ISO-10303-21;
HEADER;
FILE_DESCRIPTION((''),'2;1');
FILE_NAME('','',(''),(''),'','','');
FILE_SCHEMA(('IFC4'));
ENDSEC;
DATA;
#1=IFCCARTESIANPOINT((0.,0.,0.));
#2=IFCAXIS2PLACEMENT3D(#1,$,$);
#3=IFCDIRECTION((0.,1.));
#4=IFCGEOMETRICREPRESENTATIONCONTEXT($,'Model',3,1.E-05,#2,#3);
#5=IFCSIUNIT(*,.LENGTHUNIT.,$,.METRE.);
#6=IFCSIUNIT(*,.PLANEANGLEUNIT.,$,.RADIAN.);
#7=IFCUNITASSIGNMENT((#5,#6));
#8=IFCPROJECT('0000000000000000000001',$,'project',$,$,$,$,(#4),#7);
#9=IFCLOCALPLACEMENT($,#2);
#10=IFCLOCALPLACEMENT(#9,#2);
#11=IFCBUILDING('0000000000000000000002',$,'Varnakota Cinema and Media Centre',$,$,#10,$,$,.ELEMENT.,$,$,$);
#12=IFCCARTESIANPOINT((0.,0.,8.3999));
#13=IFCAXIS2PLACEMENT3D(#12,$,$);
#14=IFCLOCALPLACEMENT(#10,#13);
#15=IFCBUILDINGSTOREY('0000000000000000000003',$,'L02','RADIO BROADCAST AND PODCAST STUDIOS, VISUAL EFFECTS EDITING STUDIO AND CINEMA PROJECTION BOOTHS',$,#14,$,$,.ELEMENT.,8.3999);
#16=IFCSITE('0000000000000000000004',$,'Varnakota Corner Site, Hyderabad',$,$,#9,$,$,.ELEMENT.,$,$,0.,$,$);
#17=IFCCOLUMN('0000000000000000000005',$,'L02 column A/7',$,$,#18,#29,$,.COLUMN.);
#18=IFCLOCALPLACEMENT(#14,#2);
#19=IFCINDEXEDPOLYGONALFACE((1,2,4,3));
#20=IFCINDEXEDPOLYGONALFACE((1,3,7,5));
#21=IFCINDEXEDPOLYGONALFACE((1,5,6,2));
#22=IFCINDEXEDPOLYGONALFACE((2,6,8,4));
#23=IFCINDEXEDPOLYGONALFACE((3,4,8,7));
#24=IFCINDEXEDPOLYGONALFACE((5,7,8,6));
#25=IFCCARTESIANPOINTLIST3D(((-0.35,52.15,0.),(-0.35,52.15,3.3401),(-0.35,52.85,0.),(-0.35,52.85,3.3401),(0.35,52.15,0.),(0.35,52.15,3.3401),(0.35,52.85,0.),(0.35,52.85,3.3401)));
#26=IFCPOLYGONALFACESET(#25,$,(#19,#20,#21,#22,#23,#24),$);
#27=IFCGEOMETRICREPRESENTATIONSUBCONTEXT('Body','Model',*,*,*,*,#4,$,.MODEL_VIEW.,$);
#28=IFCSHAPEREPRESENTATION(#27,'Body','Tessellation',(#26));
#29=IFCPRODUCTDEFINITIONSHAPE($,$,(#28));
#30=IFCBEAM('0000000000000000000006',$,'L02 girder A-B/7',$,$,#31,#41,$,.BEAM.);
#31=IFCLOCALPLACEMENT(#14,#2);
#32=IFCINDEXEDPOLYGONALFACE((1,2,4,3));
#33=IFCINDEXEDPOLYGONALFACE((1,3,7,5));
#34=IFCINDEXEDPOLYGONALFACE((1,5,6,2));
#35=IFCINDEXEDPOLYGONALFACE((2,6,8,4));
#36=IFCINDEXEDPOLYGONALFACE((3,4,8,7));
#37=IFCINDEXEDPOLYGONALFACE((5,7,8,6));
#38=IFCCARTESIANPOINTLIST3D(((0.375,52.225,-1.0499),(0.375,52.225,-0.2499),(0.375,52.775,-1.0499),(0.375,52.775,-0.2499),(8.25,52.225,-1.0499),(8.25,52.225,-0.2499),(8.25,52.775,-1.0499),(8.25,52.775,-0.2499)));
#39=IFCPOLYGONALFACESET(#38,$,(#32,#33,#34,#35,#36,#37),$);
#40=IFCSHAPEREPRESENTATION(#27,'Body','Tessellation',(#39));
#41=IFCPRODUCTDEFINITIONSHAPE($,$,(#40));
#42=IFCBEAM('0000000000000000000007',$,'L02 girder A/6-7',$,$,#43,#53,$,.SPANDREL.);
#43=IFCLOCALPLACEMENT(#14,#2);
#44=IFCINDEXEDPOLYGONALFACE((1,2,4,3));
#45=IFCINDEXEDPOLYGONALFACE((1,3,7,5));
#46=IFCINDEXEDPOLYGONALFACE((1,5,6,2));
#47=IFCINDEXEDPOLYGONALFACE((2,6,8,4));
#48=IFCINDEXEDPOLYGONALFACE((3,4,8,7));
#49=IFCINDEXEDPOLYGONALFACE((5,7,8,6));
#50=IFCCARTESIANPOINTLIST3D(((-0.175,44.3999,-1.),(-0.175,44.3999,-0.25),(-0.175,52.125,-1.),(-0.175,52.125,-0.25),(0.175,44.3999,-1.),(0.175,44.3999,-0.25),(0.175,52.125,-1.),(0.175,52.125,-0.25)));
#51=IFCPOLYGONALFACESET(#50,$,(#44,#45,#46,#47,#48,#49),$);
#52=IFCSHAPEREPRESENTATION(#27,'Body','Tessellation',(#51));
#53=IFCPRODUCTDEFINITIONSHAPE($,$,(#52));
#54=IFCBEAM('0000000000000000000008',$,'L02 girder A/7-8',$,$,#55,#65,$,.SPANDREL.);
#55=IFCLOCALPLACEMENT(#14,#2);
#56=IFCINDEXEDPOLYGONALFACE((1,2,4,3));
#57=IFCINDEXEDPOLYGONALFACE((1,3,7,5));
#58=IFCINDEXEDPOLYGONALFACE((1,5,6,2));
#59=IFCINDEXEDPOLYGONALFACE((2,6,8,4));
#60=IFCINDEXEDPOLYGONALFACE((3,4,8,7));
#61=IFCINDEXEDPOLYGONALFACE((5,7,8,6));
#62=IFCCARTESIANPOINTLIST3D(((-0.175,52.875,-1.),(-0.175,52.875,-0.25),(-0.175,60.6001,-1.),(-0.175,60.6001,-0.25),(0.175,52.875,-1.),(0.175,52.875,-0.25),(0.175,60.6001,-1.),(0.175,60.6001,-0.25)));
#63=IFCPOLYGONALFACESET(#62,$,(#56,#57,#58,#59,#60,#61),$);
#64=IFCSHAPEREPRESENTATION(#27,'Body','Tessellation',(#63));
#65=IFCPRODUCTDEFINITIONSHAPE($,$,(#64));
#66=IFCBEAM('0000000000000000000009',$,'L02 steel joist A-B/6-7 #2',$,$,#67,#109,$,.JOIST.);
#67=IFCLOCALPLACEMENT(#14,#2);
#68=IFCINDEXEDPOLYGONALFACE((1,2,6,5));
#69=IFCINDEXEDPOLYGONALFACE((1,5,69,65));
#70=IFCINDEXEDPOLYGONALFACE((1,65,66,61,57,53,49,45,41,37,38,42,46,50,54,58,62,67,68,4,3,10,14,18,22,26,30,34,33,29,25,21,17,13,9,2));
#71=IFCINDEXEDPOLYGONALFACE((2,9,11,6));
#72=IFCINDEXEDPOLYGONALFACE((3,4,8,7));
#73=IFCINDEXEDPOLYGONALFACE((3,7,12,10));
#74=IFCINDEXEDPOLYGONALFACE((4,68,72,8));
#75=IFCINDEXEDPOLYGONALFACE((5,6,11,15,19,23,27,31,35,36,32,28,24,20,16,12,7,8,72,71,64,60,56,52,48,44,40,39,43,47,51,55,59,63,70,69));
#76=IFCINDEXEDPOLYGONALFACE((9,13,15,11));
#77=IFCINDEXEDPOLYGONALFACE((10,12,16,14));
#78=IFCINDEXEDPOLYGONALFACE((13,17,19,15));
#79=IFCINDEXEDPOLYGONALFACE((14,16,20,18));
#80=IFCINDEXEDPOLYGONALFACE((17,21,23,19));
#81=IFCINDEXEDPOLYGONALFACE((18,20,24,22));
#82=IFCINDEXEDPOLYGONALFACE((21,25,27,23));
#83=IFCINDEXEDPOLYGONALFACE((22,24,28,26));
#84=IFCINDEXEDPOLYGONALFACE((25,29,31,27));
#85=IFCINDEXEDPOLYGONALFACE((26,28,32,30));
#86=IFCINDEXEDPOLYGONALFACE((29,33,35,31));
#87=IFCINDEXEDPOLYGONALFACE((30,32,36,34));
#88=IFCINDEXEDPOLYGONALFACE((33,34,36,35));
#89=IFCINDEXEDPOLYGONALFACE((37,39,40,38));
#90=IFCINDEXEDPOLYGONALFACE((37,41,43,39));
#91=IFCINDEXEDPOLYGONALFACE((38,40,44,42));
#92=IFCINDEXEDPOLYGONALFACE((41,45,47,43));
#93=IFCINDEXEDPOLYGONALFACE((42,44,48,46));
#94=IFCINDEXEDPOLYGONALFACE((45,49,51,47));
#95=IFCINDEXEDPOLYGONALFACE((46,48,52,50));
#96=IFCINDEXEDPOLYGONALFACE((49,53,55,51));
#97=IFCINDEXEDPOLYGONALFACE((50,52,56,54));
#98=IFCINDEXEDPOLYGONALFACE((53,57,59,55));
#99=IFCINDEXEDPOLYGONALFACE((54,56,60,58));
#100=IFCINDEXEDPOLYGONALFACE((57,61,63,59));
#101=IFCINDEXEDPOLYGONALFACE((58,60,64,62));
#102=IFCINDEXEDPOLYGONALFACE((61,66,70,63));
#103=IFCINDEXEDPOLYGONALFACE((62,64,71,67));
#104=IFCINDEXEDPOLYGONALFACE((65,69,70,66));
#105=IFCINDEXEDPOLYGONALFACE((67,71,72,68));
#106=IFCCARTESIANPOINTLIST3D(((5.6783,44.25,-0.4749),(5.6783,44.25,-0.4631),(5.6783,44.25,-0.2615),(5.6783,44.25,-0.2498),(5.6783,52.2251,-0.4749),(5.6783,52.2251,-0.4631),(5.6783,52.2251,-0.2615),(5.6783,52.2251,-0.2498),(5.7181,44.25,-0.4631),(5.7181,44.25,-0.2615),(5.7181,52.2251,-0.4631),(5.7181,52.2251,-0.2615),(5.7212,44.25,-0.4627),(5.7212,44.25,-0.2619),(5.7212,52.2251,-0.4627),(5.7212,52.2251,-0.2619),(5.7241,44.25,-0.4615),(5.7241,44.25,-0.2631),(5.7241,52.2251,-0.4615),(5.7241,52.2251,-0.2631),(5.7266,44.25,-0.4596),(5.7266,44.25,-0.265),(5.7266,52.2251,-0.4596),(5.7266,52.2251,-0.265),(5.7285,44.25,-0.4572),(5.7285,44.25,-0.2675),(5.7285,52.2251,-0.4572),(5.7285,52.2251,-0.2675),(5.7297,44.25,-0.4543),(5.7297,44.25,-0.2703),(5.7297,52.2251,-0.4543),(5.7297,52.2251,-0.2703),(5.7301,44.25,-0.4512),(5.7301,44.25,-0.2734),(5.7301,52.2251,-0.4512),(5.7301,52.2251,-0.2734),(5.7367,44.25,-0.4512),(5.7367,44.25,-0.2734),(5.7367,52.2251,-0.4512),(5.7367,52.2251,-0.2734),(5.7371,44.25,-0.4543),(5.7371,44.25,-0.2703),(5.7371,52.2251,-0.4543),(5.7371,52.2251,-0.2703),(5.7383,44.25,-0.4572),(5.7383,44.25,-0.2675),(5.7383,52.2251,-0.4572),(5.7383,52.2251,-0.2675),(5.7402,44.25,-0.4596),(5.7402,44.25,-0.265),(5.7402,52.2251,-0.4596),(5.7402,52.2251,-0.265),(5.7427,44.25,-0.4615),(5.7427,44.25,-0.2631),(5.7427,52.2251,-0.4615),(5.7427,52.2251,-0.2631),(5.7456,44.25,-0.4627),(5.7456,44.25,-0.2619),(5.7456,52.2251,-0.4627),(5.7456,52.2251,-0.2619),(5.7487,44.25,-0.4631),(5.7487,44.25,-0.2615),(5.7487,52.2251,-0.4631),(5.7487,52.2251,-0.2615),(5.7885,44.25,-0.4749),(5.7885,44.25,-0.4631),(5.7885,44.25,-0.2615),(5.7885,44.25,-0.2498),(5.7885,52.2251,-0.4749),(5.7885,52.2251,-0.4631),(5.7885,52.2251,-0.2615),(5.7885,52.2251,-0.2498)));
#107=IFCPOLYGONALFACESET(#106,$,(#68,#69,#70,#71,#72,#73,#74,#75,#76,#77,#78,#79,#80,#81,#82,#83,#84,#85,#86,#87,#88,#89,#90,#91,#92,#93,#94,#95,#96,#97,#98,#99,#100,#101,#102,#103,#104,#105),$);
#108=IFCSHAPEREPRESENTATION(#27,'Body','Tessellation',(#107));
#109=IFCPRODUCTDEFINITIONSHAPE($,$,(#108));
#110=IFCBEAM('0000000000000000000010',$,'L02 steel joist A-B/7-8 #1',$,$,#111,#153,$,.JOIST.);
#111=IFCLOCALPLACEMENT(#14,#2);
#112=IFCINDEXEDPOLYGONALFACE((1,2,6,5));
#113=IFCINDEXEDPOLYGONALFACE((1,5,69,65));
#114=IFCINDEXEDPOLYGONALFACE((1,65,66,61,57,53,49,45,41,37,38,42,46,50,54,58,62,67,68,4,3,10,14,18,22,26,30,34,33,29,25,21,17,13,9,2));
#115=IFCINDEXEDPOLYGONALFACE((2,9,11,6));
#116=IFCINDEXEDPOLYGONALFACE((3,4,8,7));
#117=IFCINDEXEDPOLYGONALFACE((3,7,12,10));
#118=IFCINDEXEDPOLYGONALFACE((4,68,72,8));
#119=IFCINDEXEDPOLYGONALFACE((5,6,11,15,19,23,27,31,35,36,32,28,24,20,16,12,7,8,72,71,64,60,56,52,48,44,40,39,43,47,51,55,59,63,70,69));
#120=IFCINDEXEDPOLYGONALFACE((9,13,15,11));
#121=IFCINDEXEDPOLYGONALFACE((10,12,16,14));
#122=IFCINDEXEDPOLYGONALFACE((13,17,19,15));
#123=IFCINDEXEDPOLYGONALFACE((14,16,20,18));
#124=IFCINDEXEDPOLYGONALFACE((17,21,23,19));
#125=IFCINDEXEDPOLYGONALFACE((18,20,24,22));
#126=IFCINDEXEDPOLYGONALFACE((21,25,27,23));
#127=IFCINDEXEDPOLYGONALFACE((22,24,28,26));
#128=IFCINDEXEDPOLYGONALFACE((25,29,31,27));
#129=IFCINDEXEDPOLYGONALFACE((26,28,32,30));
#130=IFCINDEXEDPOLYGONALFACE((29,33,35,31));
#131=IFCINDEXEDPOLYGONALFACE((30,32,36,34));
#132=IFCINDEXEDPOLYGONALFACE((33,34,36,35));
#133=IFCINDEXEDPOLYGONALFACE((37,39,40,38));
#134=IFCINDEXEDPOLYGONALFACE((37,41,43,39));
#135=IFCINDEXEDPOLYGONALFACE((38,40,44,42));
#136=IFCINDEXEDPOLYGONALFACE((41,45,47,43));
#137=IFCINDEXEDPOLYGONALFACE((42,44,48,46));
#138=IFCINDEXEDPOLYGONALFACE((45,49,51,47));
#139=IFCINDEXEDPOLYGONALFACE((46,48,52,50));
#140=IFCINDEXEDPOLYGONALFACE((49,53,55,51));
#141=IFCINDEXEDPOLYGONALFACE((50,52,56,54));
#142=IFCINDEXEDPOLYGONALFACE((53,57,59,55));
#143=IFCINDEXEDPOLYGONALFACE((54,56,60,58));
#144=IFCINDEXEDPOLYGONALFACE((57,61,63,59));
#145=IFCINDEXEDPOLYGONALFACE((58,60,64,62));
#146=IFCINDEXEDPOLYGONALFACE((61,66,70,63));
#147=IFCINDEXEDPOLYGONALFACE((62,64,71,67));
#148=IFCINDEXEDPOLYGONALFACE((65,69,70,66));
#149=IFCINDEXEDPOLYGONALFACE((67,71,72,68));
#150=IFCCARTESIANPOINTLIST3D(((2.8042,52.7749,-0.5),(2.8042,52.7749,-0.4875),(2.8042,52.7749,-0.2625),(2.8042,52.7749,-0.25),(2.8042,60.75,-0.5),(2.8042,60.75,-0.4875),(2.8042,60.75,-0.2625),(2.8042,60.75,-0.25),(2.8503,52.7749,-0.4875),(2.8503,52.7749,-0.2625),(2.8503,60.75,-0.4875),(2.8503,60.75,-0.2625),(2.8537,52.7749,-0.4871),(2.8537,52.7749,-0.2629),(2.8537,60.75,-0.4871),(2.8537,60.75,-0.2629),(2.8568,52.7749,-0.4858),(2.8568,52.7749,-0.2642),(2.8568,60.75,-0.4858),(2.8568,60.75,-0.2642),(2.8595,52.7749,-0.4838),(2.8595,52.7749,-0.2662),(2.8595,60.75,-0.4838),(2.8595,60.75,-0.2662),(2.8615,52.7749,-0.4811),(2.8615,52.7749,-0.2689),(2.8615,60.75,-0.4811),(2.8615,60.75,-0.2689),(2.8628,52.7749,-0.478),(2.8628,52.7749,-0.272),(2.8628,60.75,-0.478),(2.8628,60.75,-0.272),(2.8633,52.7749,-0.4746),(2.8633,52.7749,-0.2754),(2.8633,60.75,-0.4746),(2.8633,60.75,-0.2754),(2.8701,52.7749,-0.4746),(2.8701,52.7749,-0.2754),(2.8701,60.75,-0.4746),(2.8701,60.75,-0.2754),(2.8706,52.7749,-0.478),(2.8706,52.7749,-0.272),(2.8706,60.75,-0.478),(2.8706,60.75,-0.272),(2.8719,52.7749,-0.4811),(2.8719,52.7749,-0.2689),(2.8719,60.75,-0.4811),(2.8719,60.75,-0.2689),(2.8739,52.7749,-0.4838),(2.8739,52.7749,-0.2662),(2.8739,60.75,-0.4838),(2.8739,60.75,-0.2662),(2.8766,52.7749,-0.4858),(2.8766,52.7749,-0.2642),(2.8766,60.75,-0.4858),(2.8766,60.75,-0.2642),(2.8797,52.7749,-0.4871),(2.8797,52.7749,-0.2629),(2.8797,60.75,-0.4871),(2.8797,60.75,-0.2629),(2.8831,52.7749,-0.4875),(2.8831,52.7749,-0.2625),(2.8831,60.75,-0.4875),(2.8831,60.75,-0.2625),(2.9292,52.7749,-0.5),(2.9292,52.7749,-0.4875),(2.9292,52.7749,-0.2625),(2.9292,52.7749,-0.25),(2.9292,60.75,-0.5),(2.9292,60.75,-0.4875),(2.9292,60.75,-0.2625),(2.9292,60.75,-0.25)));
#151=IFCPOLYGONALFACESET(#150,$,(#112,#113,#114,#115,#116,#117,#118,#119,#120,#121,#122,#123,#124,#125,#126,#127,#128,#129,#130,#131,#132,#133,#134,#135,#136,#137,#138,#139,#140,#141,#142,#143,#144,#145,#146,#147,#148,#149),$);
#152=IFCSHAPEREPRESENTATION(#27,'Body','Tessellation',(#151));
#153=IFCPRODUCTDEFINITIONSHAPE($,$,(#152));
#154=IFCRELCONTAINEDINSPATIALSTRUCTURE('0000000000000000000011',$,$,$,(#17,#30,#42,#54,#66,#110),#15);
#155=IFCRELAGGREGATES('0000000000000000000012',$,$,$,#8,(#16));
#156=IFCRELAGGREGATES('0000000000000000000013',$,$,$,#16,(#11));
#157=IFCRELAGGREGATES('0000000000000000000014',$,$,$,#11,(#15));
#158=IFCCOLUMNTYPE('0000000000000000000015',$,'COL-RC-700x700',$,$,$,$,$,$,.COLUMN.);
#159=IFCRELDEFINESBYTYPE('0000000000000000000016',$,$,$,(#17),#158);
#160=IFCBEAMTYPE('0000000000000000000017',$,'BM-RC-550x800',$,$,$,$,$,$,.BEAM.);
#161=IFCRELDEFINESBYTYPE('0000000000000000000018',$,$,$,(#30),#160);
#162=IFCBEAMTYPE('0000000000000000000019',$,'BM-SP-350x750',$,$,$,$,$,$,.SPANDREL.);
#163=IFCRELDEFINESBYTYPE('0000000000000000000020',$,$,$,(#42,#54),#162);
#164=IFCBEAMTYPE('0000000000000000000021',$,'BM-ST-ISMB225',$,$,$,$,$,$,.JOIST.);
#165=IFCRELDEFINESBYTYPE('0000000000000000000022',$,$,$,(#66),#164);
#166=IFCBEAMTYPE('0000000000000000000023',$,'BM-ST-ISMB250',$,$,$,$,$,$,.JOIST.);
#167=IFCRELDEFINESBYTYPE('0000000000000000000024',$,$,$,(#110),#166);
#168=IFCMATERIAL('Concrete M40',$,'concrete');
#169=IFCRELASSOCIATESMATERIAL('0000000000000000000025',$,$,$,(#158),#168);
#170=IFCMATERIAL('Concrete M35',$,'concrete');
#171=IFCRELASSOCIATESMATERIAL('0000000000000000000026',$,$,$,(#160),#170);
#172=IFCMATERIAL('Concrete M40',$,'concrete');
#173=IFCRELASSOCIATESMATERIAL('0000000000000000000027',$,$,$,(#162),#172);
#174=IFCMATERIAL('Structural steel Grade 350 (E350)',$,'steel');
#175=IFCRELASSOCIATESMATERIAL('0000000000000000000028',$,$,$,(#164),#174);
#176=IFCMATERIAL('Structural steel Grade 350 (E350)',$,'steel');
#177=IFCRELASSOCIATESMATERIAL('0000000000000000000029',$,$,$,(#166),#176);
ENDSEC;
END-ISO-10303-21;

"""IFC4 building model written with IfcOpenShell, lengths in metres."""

from ifc_helpers import new_model, si_unit, direction, frame, origin, origin_2d, place, context, subcontext, project, spatial, rectangle, i_section, extrude, material, material_profile, profile_set, type_object, element, save


model = new_model("IFC4")

# Units and contexts
model_context = context("Model", 3, precision=1e-05, world=origin(), true_north=direction((0.0, 1.0)))
body_context = subcontext(model_context, "Body", "Model", "MODEL_VIEW")
ifc_project = project(units=[si_unit("LENGTHUNIT", "METRE"), si_unit("PLANEANGLEUNIT", "RADIAN")], contexts=[model_context])

# Site, building, storey
site_placement = place(None, origin())
site = spatial("IfcSite", under=ifc_project, at=site_placement, Name="Varnakota Corner Site, Hyderabad", CompositionType="ELEMENT", RefElevation=0.0)
building_placement = place(site_placement, origin())
building = spatial("IfcBuilding", under=site, at=building_placement, Name="Varnakota Cinema and Media Centre", CompositionType="ELEMENT")
storey_placement = place(building_placement, frame((0.0, 0.0, 8.3999)))
storey = spatial("IfcBuildingStorey", under=building, at=storey_placement, Name="L02", Description="RADIO BROADCAST AND PODCAST STUDIOS, VISUAL EFFECTS EDITING STUDIO AND CINEMA PROJECTION BOOTHS", CompositionType="ELEMENT", Elevation=8.3999)

# Column
ifc_material_1 = material(Name="Concrete M40", Category="concrete")
ifc_material_profile_1 = material_profile(ifc_material_1, rectangle(XDim=0.7, YDim=0.7, at=origin_2d()), Name="RC 700x700")
ifc_profile_set_1 = profile_set([ifc_material_profile_1], Name="Concrete M40")
column_type = type_object("IfcColumnType", Name="COL-RC-700x700", PredefinedType="COLUMN", material=ifc_profile_set_1)
column_placement = place(storey_placement, frame((0.0, 52.5, 0.0), z_axis=(0.0, 0.0, 1.0), x_axis=(1.0, 0.0, 0.0)))
element("IfcColumn", 1, at=column_placement, inside=storey, type_object=column_type, Name="L02 column A/7", PredefinedType="COLUMN", context=body_context, shape_type="SweptSolid", body=[
    extrude(rectangle(XDim=0.7, YDim=0.7, at=origin_2d()), origin(), (0.0, 0.0, 1.0), 3.3401),
])

# Beams
ifc_material_2 = material(Name="Concrete M35", Category="concrete")
ifc_material_profile_2 = material_profile(ifc_material_2, rectangle(XDim=0.55, YDim=0.8, at=origin_2d()), Name="RCB 550x800")
ifc_profile_set_2 = profile_set([ifc_material_profile_2], Name="Concrete M35")
beam_type_1 = type_object("IfcBeamType", Name="BM-RC-550x800", PredefinedType="BEAM", material=ifc_profile_set_2)
beam_1_placement = place(storey_placement, frame((0.375, 52.5, -0.6499), z_axis=(1.0, 0.0, 0.0), x_axis=(0.0, 1.0, 0.0)))
element("IfcBeam", 2, at=beam_1_placement, inside=storey, type_object=beam_type_1, Name="L02 girder A-B/7", PredefinedType="BEAM", context=body_context, shape_type="SweptSolid", body=[
    extrude(rectangle(XDim=0.55, YDim=0.8, at=origin_2d()), origin(), (0.0, 0.0, 1.0), 7.875),
])
ifc_material_3 = material(Name="Concrete M40", Category="concrete")
ifc_material_profile_3 = material_profile(ifc_material_3, rectangle(XDim=0.3501, YDim=0.75, at=origin_2d()), Name="RCB 350x750")
ifc_profile_set_3 = profile_set([ifc_material_profile_3], Name="Concrete M40")
beam_type_2 = type_object("IfcBeamType", Name="BM-SP-350x750", PredefinedType="SPANDREL", material=ifc_profile_set_3)
for number, where, z_axis, x_axis, name in (
    (3, (0.0, 44.3999, -0.625), (0.0, 1.0, 0.0), (-1.0, 0.0, 0.0), "L02 girder A/6-7"),
    (4, (0.0, 52.875, -0.625), (0.0, 1.0, 0.0), (-1.0, 0.0, 0.0), "L02 girder A/7-8"),
):
    element("IfcBeam", number, at=place(storey_placement, frame(where, z_axis=z_axis, x_axis=x_axis)), inside=storey, type_object=beam_type_2, Name=name, PredefinedType="SPANDREL", context=body_context, shape_type="SweptSolid", body=[
        extrude(rectangle(XDim=0.3501, YDim=0.75, at=origin_2d()), origin(), (0.0, 0.0, 1.0), 7.7251),
    ])
ifc_material_4 = material(Name="Structural steel Grade 350 (E350)", Category="steel")
ifc_material_profile_4 = material_profile(ifc_material_4, i_section(OverallWidth=0.1101, OverallDepth=0.2251, WebThickness=0.0066, FlangeThickness=0.0117, FilletRadius=0.012, at=origin_2d()), Name="ISMB 225")
ifc_profile_set_4 = profile_set([ifc_material_profile_4], Name="Structural steel Grade 350 (E350)")
beam_type_3 = type_object("IfcBeamType", Name="BM-ST-ISMB225", PredefinedType="JOIST", material=ifc_profile_set_4)
beam_2_placement = place(storey_placement, frame((5.7334, 44.25, -0.3623), z_axis=(0.0, 1.0, 0.0), x_axis=(-1.0, 0.0, 0.0)))
element("IfcBeam", 5, at=beam_2_placement, inside=storey, type_object=beam_type_3, Name="L02 steel joist A-B/6-7 #2", PredefinedType="JOIST", context=body_context, shape_type="SweptSolid", body=[
    extrude(i_section(OverallWidth=0.1101, OverallDepth=0.2251, WebThickness=0.0066, FlangeThickness=0.0117, FilletRadius=0.012, at=origin_2d()), origin(), (0.0, 0.0, 1.0), 7.9751),
])
ifc_material_5 = material(Name="Structural steel Grade 350 (E350)", Category="steel")
ifc_material_profile_5 = material_profile(ifc_material_5, i_section(OverallWidth=0.125, OverallDepth=0.25, WebThickness=0.0068, FlangeThickness=0.0125, FilletRadius=0.0129, at=origin_2d()), Name="ISMB 250")
ifc_profile_set_5 = profile_set([ifc_material_profile_5], Name="Structural steel Grade 350 (E350)")
beam_type_4 = type_object("IfcBeamType", Name="BM-ST-ISMB250", PredefinedType="JOIST", material=ifc_profile_set_5)
for number, where, z_axis, x_axis, name in (
    (6, (2.8667, 52.7749, -0.375), (0.0, 1.0, 0.0), (-1.0, 0.0, 0.0), "L02 steel joist A-B/7-8 #1"),
):
    element("IfcBeam", number, at=place(storey_placement, frame(where, z_axis=z_axis, x_axis=x_axis)), inside=storey, type_object=beam_type_4, Name=name, PredefinedType="JOIST", context=body_context, shape_type="SweptSolid", body=[
        extrude(i_section(OverallWidth=0.125, OverallDepth=0.25, WebThickness=0.0068, FlangeThickness=0.0125, FilletRadius=0.0129, at=origin_2d()), origin(), (0.0, 0.0, 1.0), 7.9751),
    ])

save(model, "model.ifc")
